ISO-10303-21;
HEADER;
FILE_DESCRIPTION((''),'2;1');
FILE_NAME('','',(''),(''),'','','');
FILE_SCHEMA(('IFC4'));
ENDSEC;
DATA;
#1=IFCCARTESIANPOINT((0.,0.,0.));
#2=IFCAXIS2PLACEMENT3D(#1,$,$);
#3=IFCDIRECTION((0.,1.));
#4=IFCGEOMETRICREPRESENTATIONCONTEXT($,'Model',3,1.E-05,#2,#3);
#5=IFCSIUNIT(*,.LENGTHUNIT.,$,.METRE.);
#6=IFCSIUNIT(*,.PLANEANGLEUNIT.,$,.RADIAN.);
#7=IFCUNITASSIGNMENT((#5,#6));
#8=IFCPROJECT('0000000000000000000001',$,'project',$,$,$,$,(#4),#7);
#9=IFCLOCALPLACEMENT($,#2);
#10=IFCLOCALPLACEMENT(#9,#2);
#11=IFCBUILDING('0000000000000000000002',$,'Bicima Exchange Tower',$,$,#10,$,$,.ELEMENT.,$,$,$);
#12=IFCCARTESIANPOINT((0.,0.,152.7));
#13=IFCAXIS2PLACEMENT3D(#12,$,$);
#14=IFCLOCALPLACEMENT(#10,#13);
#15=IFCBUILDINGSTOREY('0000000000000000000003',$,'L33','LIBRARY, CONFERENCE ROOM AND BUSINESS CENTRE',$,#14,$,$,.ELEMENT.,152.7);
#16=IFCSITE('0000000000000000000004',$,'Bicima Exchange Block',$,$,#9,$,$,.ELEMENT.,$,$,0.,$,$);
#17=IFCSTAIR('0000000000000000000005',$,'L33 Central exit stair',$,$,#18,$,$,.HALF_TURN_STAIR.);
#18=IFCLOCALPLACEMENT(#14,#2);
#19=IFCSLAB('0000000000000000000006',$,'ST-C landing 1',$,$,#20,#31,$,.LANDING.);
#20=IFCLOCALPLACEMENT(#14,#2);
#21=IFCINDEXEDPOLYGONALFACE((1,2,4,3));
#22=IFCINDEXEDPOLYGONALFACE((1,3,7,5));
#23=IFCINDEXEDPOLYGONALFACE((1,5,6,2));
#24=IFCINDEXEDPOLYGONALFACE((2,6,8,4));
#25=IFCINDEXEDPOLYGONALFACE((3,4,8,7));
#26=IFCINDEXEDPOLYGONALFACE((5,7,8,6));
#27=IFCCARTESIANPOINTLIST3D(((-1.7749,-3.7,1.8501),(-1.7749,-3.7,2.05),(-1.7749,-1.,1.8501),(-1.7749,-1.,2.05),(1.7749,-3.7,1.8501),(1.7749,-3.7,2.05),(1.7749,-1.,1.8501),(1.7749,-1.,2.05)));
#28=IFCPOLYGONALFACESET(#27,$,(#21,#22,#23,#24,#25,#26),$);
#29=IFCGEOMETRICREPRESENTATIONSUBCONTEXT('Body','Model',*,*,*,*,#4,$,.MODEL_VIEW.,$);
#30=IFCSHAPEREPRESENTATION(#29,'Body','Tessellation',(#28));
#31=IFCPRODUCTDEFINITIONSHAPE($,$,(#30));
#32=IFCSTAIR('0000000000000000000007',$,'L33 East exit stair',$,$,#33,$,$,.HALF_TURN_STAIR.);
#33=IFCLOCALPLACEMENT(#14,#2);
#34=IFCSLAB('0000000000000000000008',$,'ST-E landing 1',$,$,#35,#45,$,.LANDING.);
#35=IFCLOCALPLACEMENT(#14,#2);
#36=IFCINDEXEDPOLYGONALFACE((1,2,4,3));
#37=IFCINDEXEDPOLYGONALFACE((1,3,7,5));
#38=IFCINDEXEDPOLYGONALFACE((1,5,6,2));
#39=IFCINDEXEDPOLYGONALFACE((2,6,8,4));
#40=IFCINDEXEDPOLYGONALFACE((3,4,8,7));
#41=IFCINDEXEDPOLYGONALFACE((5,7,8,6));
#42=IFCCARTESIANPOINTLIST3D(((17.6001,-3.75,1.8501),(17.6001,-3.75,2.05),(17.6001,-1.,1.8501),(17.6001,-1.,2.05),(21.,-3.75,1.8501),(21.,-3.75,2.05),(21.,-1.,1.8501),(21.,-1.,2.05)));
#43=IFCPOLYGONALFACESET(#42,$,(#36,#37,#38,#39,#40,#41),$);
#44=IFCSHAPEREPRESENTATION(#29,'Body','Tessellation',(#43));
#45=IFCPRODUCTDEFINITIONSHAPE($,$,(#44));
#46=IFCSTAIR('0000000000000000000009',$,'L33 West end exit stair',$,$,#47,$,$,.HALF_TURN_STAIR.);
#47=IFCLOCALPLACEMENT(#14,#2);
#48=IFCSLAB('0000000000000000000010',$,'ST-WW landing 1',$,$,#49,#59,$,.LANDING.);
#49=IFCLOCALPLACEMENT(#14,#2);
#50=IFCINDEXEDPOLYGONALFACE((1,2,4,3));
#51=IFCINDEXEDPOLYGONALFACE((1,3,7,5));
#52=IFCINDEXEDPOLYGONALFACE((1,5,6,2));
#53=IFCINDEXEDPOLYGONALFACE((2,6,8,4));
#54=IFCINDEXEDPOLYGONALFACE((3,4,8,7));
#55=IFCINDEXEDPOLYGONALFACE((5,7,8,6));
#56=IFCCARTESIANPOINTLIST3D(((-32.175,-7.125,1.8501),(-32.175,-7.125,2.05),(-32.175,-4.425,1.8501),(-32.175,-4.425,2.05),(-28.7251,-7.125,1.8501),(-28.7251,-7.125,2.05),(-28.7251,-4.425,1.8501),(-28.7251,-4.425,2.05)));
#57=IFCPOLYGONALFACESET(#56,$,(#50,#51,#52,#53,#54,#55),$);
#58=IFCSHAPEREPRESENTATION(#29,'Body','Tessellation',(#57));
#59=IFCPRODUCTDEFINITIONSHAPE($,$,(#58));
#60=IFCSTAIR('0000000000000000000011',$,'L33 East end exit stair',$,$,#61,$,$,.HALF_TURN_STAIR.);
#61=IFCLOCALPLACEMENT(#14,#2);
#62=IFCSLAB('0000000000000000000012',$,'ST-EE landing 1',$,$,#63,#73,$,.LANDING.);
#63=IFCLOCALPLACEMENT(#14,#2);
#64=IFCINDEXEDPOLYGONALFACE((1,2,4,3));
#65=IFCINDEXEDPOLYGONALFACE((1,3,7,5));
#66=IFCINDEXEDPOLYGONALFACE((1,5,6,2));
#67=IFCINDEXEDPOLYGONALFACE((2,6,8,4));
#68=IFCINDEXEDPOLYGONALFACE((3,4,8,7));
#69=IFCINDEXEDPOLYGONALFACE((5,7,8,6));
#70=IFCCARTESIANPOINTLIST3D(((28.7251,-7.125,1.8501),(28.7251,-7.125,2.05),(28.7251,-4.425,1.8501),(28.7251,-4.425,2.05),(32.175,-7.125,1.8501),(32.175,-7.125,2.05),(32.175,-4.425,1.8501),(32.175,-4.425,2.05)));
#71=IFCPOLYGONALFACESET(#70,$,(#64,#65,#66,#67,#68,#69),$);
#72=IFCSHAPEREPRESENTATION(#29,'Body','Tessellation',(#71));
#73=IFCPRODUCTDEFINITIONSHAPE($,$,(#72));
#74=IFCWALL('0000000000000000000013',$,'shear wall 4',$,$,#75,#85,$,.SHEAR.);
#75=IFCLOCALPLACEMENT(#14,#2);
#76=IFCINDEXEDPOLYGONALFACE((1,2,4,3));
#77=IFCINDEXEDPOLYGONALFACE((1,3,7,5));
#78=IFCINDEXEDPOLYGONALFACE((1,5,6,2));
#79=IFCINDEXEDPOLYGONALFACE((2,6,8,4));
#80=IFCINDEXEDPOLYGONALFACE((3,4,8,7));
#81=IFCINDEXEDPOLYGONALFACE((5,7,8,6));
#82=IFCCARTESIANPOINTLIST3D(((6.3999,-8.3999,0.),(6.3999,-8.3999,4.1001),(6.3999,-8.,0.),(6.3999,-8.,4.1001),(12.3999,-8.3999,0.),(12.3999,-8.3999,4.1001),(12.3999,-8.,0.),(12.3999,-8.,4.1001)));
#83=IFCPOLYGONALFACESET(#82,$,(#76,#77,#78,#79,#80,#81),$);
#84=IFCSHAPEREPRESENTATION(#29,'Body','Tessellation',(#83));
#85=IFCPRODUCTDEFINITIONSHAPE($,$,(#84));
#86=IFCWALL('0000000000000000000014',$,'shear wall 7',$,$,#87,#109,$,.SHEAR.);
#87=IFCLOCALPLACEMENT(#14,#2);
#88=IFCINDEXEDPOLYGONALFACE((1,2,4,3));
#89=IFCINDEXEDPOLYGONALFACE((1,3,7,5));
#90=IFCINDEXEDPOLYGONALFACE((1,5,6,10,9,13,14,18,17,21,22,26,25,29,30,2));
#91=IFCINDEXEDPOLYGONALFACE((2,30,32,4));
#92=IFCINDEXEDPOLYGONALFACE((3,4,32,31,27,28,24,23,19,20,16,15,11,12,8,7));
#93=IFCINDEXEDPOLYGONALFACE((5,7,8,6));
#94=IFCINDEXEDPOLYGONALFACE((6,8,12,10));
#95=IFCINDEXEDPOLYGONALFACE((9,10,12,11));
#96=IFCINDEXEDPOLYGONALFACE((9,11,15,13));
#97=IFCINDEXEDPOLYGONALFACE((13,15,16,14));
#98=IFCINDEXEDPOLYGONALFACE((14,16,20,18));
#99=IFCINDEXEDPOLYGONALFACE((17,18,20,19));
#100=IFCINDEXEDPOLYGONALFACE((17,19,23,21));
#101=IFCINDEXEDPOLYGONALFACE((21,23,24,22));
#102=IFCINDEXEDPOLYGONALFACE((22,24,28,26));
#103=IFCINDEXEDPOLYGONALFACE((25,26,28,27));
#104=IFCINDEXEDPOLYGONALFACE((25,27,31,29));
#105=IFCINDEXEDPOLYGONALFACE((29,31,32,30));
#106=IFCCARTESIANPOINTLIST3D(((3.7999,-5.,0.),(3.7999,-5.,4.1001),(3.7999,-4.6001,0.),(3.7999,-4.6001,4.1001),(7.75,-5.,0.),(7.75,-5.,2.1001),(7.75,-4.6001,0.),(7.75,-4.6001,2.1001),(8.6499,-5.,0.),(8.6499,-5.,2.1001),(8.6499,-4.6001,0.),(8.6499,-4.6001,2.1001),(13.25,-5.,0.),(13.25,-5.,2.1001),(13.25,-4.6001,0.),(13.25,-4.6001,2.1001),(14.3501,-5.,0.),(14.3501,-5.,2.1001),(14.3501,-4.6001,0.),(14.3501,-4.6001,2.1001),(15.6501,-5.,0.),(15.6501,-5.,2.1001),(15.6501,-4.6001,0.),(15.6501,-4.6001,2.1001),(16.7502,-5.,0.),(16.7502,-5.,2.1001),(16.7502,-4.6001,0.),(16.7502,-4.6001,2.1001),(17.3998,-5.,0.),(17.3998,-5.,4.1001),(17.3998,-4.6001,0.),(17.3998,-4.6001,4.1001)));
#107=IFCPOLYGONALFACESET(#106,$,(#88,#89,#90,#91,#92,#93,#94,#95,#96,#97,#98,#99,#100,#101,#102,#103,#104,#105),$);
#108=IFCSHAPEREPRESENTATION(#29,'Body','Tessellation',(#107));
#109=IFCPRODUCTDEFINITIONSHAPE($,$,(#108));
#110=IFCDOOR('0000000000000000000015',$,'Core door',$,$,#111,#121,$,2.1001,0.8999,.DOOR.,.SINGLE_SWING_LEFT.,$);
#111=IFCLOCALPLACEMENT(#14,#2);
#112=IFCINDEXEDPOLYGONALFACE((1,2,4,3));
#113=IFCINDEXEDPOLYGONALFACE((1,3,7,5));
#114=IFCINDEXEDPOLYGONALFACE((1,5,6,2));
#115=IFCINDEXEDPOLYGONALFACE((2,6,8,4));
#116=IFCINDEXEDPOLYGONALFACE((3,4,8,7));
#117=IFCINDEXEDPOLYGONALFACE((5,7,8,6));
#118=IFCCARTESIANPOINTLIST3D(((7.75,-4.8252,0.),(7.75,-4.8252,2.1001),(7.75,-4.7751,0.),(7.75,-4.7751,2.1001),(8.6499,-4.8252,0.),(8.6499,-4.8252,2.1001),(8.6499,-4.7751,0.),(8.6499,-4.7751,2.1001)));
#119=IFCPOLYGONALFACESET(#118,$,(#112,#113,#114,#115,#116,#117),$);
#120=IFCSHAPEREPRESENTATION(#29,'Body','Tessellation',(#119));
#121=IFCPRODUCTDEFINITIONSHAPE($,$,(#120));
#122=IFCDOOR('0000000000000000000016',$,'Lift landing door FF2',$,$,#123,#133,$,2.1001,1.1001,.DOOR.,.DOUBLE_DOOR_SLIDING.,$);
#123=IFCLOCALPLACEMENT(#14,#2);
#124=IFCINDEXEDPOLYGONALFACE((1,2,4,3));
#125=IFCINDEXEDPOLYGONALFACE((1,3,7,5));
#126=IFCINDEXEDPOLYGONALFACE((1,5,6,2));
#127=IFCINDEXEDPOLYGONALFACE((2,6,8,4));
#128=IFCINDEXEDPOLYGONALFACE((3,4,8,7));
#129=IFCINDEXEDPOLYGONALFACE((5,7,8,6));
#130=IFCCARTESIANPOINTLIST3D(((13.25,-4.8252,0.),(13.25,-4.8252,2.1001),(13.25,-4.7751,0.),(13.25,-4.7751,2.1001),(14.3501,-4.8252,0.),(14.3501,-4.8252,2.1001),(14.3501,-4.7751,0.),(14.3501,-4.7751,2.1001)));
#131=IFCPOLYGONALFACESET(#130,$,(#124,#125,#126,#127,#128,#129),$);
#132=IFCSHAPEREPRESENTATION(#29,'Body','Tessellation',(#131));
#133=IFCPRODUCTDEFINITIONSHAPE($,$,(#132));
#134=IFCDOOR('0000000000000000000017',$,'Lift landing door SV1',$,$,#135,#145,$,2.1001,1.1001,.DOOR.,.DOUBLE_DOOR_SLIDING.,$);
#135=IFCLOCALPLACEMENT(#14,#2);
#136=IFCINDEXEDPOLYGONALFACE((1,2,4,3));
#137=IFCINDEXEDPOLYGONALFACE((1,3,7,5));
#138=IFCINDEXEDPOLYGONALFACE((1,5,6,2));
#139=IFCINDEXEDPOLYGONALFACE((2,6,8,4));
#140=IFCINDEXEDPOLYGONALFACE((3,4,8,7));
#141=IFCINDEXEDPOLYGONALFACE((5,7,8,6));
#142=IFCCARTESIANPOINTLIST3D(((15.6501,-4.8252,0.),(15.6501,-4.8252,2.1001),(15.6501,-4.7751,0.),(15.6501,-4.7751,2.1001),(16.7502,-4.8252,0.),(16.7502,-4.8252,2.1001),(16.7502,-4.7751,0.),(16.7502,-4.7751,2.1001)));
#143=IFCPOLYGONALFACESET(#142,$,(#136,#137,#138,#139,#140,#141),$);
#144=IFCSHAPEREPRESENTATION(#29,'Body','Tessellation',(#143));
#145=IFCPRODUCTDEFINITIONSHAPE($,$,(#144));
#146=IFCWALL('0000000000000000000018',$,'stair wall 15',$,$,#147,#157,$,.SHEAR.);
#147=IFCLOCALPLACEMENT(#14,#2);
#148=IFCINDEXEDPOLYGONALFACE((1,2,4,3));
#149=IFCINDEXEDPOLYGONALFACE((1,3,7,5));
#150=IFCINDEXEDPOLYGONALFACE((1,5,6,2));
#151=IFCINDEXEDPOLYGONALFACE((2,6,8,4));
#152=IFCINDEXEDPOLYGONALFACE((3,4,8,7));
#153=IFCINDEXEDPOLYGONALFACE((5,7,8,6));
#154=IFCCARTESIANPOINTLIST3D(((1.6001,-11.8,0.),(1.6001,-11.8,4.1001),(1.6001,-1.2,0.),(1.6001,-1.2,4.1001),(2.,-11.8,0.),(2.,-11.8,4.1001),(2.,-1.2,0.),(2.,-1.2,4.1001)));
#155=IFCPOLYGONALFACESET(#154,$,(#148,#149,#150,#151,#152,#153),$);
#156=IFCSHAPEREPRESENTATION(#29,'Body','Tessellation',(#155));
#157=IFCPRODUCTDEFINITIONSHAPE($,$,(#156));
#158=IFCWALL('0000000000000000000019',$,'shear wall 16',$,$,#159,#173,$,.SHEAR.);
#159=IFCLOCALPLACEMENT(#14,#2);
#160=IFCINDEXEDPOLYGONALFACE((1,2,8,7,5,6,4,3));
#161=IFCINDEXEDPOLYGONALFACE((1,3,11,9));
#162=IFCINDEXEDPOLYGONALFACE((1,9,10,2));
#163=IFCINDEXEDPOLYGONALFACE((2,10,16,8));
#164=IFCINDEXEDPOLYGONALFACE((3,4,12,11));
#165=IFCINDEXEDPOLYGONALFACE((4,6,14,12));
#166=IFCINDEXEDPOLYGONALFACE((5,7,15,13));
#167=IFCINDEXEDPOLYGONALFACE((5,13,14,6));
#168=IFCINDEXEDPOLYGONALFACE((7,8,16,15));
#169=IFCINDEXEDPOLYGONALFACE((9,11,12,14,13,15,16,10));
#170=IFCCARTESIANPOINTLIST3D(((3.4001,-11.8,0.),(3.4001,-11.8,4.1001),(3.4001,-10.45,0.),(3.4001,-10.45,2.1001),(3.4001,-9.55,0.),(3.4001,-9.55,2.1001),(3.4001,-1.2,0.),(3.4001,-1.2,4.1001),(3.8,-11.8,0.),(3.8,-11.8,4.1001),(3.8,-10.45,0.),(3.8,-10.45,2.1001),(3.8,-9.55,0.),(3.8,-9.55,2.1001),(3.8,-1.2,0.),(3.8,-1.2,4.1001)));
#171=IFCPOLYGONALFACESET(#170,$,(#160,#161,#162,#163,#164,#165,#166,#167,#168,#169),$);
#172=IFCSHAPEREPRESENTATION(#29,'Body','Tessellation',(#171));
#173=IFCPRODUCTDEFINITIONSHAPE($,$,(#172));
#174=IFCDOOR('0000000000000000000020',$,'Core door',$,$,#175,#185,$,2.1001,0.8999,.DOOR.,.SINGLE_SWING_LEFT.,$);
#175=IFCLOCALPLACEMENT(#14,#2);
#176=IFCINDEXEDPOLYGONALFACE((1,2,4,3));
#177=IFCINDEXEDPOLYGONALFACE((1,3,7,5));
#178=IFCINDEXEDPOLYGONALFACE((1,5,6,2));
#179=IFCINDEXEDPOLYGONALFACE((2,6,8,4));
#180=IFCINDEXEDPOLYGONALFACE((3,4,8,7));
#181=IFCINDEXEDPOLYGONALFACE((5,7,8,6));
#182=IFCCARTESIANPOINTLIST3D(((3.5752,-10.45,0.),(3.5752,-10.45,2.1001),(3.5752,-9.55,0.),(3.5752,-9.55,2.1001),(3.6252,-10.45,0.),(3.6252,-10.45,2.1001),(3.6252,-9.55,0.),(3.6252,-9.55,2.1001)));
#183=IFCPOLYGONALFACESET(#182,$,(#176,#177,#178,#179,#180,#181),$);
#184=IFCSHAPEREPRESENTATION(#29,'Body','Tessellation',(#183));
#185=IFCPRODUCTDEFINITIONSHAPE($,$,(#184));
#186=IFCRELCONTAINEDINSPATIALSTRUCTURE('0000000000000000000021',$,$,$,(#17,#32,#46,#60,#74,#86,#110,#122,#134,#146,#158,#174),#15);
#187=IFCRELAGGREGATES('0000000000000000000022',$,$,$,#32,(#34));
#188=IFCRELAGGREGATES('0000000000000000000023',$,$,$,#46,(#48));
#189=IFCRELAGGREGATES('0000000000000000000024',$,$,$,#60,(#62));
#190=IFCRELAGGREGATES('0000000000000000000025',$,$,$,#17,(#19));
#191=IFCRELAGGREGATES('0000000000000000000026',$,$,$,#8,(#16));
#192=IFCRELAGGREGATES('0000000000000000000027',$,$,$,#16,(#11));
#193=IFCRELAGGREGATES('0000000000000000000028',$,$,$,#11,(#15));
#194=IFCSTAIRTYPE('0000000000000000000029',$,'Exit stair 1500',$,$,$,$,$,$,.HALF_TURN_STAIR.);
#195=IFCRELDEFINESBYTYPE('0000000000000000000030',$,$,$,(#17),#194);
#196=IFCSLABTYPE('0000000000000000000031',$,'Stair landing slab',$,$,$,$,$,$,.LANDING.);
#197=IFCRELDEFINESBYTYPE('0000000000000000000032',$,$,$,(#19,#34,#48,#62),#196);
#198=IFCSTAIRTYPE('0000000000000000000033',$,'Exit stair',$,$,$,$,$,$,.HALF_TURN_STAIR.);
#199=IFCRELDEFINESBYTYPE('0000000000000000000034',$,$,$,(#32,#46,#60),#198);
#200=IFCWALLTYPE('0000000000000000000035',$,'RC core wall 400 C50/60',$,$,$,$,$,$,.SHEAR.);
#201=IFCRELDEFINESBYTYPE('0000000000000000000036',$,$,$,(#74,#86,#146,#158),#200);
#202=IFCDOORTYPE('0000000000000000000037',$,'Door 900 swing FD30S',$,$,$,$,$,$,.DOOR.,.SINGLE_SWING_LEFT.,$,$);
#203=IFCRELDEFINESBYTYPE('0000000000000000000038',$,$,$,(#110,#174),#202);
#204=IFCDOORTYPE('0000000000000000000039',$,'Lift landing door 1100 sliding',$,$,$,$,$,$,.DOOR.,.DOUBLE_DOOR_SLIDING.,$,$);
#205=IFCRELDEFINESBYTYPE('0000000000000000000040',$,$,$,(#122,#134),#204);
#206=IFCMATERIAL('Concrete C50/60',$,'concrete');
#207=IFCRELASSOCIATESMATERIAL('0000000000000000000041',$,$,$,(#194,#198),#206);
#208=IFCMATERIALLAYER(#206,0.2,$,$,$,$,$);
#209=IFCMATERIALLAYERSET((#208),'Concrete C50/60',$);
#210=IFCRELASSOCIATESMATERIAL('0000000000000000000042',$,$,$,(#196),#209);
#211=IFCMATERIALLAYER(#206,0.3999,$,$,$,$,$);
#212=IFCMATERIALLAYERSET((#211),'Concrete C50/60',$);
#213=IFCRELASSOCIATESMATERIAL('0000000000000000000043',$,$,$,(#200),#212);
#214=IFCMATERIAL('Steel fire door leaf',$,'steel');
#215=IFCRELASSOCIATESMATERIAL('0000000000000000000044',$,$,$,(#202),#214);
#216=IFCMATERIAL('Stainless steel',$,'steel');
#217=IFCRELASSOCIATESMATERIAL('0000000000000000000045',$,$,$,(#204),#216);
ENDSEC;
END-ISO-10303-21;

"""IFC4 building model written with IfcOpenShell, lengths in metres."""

from ifc_helpers import new_model, si_unit, direction, frame, frame_2d, origin, place, context, subcontext, project, spatial, polyline, rectangle, outline, extrude, material, layer, layer_set, type_object, element, fill, aggregate, save


model = new_model("IFC4")

# Units and contexts
model_context = context("Model", 3, precision=1e-05, world=origin(), true_north=direction((0.0, 1.0)))
body_context = subcontext(model_context, "Body", "Model", "MODEL_VIEW")
ifc_project = project(units=[si_unit("LENGTHUNIT", "METRE"), si_unit("PLANEANGLEUNIT", "RADIAN")], contexts=[model_context])

# Site, building, storey
site_placement = place(None, origin())
site = spatial("IfcSite", under=ifc_project, at=site_placement, Name="Bicima Exchange Block", CompositionType="ELEMENT", RefElevation=0.0)
building_placement = place(site_placement, origin())
building = spatial("IfcBuilding", under=site, at=building_placement, Name="Bicima Exchange Tower", CompositionType="ELEMENT")
storey_placement = place(building_placement, frame((0.0, 0.0, 152.7)))
storey = spatial("IfcBuildingStorey", under=building, at=storey_placement, Name="L33", Description="LIBRARY, CONFERENCE ROOM AND BUSINESS CENTRE", CompositionType="ELEMENT", Elevation=152.7)

# Stairs, slabs
ifc_material_1 = material(Name="Concrete C50/60", Category="concrete")
stair_type_1 = type_object("IfcStairType", Name="Exit stair 1500", PredefinedType="HALF_TURN_STAIR", material=ifc_material_1)
stair_1_placement = place(storey_placement, origin())
stair_1 = element("IfcStair", 1, at=stair_1_placement, inside=storey, type_object=stair_type_1, Name="L33 Central exit stair", PredefinedType="HALF_TURN_STAIR")
ifc_layer_1 = layer(ifc_material_1, 0.2)
ifc_layer_set_1 = layer_set([ifc_layer_1], Name="Concrete C50/60")
slab_type = type_object("IfcSlabType", Name="Stair landing slab", PredefinedType="LANDING", material=ifc_layer_set_1)
slab_1_placement = place(storey_placement, frame((0.0, 0.0, 1.8501)))
slab_1 = element("IfcSlab", 2, at=slab_1_placement, type_object=slab_type, Name="ST-C landing 1", PredefinedType="LANDING", context=body_context, shape_type="SweptSolid", body=[
    extrude(outline(polyline([(1.7749, -3.7), (1.7749, -1.0), (-1.7749, -1.0), (-1.7749, -3.7), (1.7749, -3.7)])), origin(), (0.0, 0.0, 1.0), 0.2),
])
stair_type_2 = type_object("IfcStairType", Name="Exit stair", PredefinedType="HALF_TURN_STAIR", material=ifc_material_1)
stair_2_placement = place(storey_placement, origin())
stair_2 = element("IfcStair", 3, at=stair_2_placement, inside=storey, type_object=stair_type_2, Name="L33 East exit stair", PredefinedType="HALF_TURN_STAIR")
slab_2_placement = place(storey_placement, frame((0.0, 0.0, 1.8501)))
slab_2 = element("IfcSlab", 4, at=slab_2_placement, type_object=slab_type, Name="ST-E landing 1", PredefinedType="LANDING", context=body_context, shape_type="SweptSolid", body=[
    extrude(outline(polyline([(21.0, -3.75), (21.0, -1.0), (17.6001, -1.0), (17.6001, -3.75), (21.0, -3.75)])), origin(), (0.0, 0.0, 1.0), 0.2),
])
aggregate(stair_2, [slab_2])
stair_3_placement = place(storey_placement, origin())
stair_3 = element("IfcStair", 5, at=stair_3_placement, inside=storey, type_object=stair_type_2, Name="L33 West end exit stair", PredefinedType="HALF_TURN_STAIR")
slab_3_placement = place(storey_placement, frame((0.0, 0.0, 1.8501)))
slab_3 = element("IfcSlab", 6, at=slab_3_placement, type_object=slab_type, Name="ST-WW landing 1", PredefinedType="LANDING", context=body_context, shape_type="SweptSolid", body=[
    extrude(outline(polyline([(-28.7251, -7.125), (-28.7251, -4.425), (-32.175, -4.425), (-32.175, -7.125), (-28.7251, -7.125)])), origin(), (0.0, 0.0, 1.0), 0.2),
])
aggregate(stair_3, [slab_3])
stair_4_placement = place(storey_placement, origin())
stair_4 = element("IfcStair", 7, at=stair_4_placement, inside=storey, type_object=stair_type_2, Name="L33 East end exit stair", PredefinedType="HALF_TURN_STAIR")
slab_4_placement = place(storey_placement, frame((0.0, 0.0, 1.8501)))
slab_4 = element("IfcSlab", 8, at=slab_4_placement, type_object=slab_type, Name="ST-EE landing 1", PredefinedType="LANDING", context=body_context, shape_type="SweptSolid", body=[
    extrude(outline(polyline([(32.175, -7.125), (32.175, -4.425), (28.7251, -4.425), (28.7251, -7.125), (32.175, -7.125)])), origin(), (0.0, 0.0, 1.0), 0.2),
])
aggregate(stair_4, [slab_4])

# Wall
ifc_layer_2 = layer(ifc_material_1, 0.3999)
ifc_layer_set_2 = layer_set([ifc_layer_2], Name="Concrete C50/60")
wall_type_1 = type_object("IfcWallType", Name="RC core wall 400 C50/60", PredefinedType="SHEAR", material=ifc_layer_set_2)
wall_1_placement = place(storey_placement, frame((6.3999, -8.2, 0.0), z_axis=(0.0, 0.0, 1.0), x_axis=(1.0, 0.0, 0.0)))
element("IfcWall", 9, at=wall_1_placement, inside=storey, type_object=wall_type_1, Name="shear wall 4", PredefinedType="SHEAR", context=body_context, shape_type="SweptSolid", body=[
    extrude(rectangle(XDim=6.0, YDim=0.3999, at=frame_2d((3.0, 0.0))), origin(), (0.0, 0.0, 1.0), 4.1001),
])

# Wall, openings, doors
wall_2_placement = place(storey_placement, frame((3.8, -4.8, 0.0), z_axis=(0.0, 0.0, 1.0), x_axis=(1.0, 0.0, 0.0)))
wall_2 = element("IfcWall", 10, at=wall_2_placement, inside=storey, type_object=wall_type_1, Name="shear wall 7", PredefinedType="SHEAR", context=body_context, shape_type="SweptSolid", body=[
    extrude(rectangle(XDim=13.5999, YDim=0.3999, at=frame_2d((6.7998, 0.0))), origin(), (0.0, 0.0, 1.0), 4.1001),
])
opening_1_placement = place(wall_2_placement, frame((9.45, 0.0, 0.0)))
opening_1 = element("IfcOpeningElement", 11, at=opening_1_placement, cuts=wall_2, PredefinedType="OPENING", context=body_context, shape_type="SweptSolid", body=[
    extrude(rectangle(XDim=1.1001, YDim=2.1001, at=frame_2d((0.55, 1.05))), frame((0.0, 0.2119, 0.0), z_axis=(0.0, -1.0, 0.0), x_axis=(1.0, 0.0, 0.0)), (0.0, 0.0, 1.0), 0.4238),
])
opening_2_placement = place(wall_2_placement, frame((11.8501, 0.0, 0.0)))
opening_2 = element("IfcOpeningElement", 12, at=opening_2_placement, cuts=wall_2, PredefinedType="OPENING", context=body_context, shape_type="SweptSolid", body=[
    extrude(rectangle(XDim=1.1001, YDim=2.1001, at=frame_2d((0.55, 1.05))), frame((0.0, 0.2119, 0.0), z_axis=(0.0, -1.0, 0.0), x_axis=(1.0, 0.0, 0.0)), (0.0, 0.0, 1.0), 0.4238),
])
opening_3_placement = place(wall_2_placement, frame((3.95, 0.0, 0.0)))
opening_3 = element("IfcOpeningElement", 13, at=opening_3_placement, cuts=wall_2, PredefinedType="OPENING", context=body_context, shape_type="SweptSolid", body=[
    extrude(rectangle(XDim=0.8999, YDim=2.1001, at=frame_2d((0.45, 1.05))), frame((0.0, 0.2119, 0.0), z_axis=(0.0, -1.0, 0.0), x_axis=(1.0, 0.0, 0.0)), (0.0, 0.0, 1.0), 0.4238),
])
ifc_material_2 = material(Name="Steel fire door leaf", Category="steel")
door_type_1 = type_object("IfcDoorType", Name="Door 900 swing FD30S", OperationType="SINGLE_SWING_LEFT", PredefinedType="DOOR", material=ifc_material_2)
door_1_placement = place(opening_3_placement, origin())
door_1 = element("IfcDoor", 14, at=door_1_placement, inside=storey, type_object=door_type_1, Name="Core door", OperationType="SINGLE_SWING_LEFT", OverallHeight=2.1001, OverallWidth=0.8999, PredefinedType="DOOR", context=body_context, shape_type="SweptSolid", body=[
    extrude(rectangle(XDim=0.8999, YDim=2.1001, at=frame_2d((0.45, 1.05))), frame((0.0, 0.0249, 0.0), z_axis=(0.0, -1.0, 0.0), x_axis=(1.0, 0.0, 0.0)), (0.0, 0.0, 1.0), 0.05),
])
fill(opening_3, door_1)
ifc_material_3 = material(Name="Stainless steel", Category="steel")
door_type_2 = type_object("IfcDoorType", Name="Lift landing door 1100 sliding", OperationType="DOUBLE_DOOR_SLIDING", PredefinedType="DOOR", material=ifc_material_3)
door_2_placement = place(opening_1_placement, origin())
door_2 = element("IfcDoor", 15, at=door_2_placement, inside=storey, type_object=door_type_2, Name="Lift landing door FF2", OperationType="DOUBLE_DOOR_SLIDING", OverallHeight=2.1001, OverallWidth=1.1001, PredefinedType="DOOR", context=body_context, shape_type="SweptSolid", body=[
    extrude(rectangle(XDim=1.1001, YDim=2.1001, at=frame_2d((0.55, 1.05))), frame((0.0, 0.0249, 0.0), z_axis=(0.0, -1.0, 0.0), x_axis=(1.0, 0.0, 0.0)), (0.0, 0.0, 1.0), 0.05),
])
fill(opening_1, door_2)
door_3_placement = place(opening_2_placement, origin())
door_3 = element("IfcDoor", 16, at=door_3_placement, inside=storey, type_object=door_type_2, Name="Lift landing door SV1", OperationType="DOUBLE_DOOR_SLIDING", OverallHeight=2.1001, OverallWidth=1.1001, PredefinedType="DOOR", context=body_context, shape_type="SweptSolid", body=[
    extrude(rectangle(XDim=1.1001, YDim=2.1001, at=frame_2d((0.55, 1.05))), frame((0.0, 0.0249, 0.0), z_axis=(0.0, -1.0, 0.0), x_axis=(1.0, 0.0, 0.0)), (0.0, 0.0, 1.0), 0.05),
])
fill(opening_2, door_3)

# Wall
wall_3_placement = place(storey_placement, frame((1.8, -11.8, 0.0), z_axis=(0.0, 0.0, 1.0), x_axis=(0.0, 1.0, 0.0)))
element("IfcWall", 17, at=wall_3_placement, inside=storey, type_object=wall_type_1, Name="stair wall 15", PredefinedType="SHEAR", context=body_context, shape_type="SweptSolid", body=[
    extrude(rectangle(XDim=10.6001, YDim=0.3999, at=frame_2d((5.3, 0.0))), origin(), (0.0, 0.0, 1.0), 4.1001),
])

# Wall, opening, door
wall_4_placement = place(storey_placement, frame((3.6001, -11.8, 0.0), z_axis=(0.0, 0.0, 1.0), x_axis=(0.0, 1.0, 0.0)))
wall_4 = element("IfcWall", 18, at=wall_4_placement, inside=storey, type_object=wall_type_1, Name="shear wall 16", PredefinedType="SHEAR", context=body_context, shape_type="SweptSolid", body=[
    extrude(rectangle(XDim=10.6001, YDim=0.3999, at=frame_2d((5.3, 0.0))), origin(), (0.0, 0.0, 1.0), 4.1001),
])
opening_4_placement = place(wall_4_placement, frame((1.3501, 0.0, 0.0)))
opening_4 = element("IfcOpeningElement", 19, at=opening_4_placement, cuts=wall_4, PredefinedType="OPENING", context=body_context, shape_type="SweptSolid", body=[
    extrude(rectangle(XDim=0.8999, YDim=2.1001, at=frame_2d((0.45, 1.05))), frame((0.0, 0.2119, 0.0), z_axis=(0.0, -1.0, 0.0), x_axis=(1.0, 0.0, 0.0)), (0.0, 0.0, 1.0), 0.4238),
])
door_4_placement = place(opening_4_placement, origin())
door_4 = element("IfcDoor", 20, at=door_4_placement, inside=storey, type_object=door_type_1, Name="Core door", OperationType="SINGLE_SWING_LEFT", OverallHeight=2.1001, OverallWidth=0.8999, PredefinedType="DOOR", context=body_context, shape_type="SweptSolid", body=[
    extrude(rectangle(XDim=0.8999, YDim=2.1001, at=frame_2d((0.45, 1.05))), frame((0.0, 0.0249, 0.0), z_axis=(0.0, -1.0, 0.0), x_axis=(1.0, 0.0, 0.0)), (0.0, 0.0, 1.0), 0.05),
])
fill(opening_4, door_4)

aggregate(stair_1, [slab_1])

save(model, "model.ifc")
